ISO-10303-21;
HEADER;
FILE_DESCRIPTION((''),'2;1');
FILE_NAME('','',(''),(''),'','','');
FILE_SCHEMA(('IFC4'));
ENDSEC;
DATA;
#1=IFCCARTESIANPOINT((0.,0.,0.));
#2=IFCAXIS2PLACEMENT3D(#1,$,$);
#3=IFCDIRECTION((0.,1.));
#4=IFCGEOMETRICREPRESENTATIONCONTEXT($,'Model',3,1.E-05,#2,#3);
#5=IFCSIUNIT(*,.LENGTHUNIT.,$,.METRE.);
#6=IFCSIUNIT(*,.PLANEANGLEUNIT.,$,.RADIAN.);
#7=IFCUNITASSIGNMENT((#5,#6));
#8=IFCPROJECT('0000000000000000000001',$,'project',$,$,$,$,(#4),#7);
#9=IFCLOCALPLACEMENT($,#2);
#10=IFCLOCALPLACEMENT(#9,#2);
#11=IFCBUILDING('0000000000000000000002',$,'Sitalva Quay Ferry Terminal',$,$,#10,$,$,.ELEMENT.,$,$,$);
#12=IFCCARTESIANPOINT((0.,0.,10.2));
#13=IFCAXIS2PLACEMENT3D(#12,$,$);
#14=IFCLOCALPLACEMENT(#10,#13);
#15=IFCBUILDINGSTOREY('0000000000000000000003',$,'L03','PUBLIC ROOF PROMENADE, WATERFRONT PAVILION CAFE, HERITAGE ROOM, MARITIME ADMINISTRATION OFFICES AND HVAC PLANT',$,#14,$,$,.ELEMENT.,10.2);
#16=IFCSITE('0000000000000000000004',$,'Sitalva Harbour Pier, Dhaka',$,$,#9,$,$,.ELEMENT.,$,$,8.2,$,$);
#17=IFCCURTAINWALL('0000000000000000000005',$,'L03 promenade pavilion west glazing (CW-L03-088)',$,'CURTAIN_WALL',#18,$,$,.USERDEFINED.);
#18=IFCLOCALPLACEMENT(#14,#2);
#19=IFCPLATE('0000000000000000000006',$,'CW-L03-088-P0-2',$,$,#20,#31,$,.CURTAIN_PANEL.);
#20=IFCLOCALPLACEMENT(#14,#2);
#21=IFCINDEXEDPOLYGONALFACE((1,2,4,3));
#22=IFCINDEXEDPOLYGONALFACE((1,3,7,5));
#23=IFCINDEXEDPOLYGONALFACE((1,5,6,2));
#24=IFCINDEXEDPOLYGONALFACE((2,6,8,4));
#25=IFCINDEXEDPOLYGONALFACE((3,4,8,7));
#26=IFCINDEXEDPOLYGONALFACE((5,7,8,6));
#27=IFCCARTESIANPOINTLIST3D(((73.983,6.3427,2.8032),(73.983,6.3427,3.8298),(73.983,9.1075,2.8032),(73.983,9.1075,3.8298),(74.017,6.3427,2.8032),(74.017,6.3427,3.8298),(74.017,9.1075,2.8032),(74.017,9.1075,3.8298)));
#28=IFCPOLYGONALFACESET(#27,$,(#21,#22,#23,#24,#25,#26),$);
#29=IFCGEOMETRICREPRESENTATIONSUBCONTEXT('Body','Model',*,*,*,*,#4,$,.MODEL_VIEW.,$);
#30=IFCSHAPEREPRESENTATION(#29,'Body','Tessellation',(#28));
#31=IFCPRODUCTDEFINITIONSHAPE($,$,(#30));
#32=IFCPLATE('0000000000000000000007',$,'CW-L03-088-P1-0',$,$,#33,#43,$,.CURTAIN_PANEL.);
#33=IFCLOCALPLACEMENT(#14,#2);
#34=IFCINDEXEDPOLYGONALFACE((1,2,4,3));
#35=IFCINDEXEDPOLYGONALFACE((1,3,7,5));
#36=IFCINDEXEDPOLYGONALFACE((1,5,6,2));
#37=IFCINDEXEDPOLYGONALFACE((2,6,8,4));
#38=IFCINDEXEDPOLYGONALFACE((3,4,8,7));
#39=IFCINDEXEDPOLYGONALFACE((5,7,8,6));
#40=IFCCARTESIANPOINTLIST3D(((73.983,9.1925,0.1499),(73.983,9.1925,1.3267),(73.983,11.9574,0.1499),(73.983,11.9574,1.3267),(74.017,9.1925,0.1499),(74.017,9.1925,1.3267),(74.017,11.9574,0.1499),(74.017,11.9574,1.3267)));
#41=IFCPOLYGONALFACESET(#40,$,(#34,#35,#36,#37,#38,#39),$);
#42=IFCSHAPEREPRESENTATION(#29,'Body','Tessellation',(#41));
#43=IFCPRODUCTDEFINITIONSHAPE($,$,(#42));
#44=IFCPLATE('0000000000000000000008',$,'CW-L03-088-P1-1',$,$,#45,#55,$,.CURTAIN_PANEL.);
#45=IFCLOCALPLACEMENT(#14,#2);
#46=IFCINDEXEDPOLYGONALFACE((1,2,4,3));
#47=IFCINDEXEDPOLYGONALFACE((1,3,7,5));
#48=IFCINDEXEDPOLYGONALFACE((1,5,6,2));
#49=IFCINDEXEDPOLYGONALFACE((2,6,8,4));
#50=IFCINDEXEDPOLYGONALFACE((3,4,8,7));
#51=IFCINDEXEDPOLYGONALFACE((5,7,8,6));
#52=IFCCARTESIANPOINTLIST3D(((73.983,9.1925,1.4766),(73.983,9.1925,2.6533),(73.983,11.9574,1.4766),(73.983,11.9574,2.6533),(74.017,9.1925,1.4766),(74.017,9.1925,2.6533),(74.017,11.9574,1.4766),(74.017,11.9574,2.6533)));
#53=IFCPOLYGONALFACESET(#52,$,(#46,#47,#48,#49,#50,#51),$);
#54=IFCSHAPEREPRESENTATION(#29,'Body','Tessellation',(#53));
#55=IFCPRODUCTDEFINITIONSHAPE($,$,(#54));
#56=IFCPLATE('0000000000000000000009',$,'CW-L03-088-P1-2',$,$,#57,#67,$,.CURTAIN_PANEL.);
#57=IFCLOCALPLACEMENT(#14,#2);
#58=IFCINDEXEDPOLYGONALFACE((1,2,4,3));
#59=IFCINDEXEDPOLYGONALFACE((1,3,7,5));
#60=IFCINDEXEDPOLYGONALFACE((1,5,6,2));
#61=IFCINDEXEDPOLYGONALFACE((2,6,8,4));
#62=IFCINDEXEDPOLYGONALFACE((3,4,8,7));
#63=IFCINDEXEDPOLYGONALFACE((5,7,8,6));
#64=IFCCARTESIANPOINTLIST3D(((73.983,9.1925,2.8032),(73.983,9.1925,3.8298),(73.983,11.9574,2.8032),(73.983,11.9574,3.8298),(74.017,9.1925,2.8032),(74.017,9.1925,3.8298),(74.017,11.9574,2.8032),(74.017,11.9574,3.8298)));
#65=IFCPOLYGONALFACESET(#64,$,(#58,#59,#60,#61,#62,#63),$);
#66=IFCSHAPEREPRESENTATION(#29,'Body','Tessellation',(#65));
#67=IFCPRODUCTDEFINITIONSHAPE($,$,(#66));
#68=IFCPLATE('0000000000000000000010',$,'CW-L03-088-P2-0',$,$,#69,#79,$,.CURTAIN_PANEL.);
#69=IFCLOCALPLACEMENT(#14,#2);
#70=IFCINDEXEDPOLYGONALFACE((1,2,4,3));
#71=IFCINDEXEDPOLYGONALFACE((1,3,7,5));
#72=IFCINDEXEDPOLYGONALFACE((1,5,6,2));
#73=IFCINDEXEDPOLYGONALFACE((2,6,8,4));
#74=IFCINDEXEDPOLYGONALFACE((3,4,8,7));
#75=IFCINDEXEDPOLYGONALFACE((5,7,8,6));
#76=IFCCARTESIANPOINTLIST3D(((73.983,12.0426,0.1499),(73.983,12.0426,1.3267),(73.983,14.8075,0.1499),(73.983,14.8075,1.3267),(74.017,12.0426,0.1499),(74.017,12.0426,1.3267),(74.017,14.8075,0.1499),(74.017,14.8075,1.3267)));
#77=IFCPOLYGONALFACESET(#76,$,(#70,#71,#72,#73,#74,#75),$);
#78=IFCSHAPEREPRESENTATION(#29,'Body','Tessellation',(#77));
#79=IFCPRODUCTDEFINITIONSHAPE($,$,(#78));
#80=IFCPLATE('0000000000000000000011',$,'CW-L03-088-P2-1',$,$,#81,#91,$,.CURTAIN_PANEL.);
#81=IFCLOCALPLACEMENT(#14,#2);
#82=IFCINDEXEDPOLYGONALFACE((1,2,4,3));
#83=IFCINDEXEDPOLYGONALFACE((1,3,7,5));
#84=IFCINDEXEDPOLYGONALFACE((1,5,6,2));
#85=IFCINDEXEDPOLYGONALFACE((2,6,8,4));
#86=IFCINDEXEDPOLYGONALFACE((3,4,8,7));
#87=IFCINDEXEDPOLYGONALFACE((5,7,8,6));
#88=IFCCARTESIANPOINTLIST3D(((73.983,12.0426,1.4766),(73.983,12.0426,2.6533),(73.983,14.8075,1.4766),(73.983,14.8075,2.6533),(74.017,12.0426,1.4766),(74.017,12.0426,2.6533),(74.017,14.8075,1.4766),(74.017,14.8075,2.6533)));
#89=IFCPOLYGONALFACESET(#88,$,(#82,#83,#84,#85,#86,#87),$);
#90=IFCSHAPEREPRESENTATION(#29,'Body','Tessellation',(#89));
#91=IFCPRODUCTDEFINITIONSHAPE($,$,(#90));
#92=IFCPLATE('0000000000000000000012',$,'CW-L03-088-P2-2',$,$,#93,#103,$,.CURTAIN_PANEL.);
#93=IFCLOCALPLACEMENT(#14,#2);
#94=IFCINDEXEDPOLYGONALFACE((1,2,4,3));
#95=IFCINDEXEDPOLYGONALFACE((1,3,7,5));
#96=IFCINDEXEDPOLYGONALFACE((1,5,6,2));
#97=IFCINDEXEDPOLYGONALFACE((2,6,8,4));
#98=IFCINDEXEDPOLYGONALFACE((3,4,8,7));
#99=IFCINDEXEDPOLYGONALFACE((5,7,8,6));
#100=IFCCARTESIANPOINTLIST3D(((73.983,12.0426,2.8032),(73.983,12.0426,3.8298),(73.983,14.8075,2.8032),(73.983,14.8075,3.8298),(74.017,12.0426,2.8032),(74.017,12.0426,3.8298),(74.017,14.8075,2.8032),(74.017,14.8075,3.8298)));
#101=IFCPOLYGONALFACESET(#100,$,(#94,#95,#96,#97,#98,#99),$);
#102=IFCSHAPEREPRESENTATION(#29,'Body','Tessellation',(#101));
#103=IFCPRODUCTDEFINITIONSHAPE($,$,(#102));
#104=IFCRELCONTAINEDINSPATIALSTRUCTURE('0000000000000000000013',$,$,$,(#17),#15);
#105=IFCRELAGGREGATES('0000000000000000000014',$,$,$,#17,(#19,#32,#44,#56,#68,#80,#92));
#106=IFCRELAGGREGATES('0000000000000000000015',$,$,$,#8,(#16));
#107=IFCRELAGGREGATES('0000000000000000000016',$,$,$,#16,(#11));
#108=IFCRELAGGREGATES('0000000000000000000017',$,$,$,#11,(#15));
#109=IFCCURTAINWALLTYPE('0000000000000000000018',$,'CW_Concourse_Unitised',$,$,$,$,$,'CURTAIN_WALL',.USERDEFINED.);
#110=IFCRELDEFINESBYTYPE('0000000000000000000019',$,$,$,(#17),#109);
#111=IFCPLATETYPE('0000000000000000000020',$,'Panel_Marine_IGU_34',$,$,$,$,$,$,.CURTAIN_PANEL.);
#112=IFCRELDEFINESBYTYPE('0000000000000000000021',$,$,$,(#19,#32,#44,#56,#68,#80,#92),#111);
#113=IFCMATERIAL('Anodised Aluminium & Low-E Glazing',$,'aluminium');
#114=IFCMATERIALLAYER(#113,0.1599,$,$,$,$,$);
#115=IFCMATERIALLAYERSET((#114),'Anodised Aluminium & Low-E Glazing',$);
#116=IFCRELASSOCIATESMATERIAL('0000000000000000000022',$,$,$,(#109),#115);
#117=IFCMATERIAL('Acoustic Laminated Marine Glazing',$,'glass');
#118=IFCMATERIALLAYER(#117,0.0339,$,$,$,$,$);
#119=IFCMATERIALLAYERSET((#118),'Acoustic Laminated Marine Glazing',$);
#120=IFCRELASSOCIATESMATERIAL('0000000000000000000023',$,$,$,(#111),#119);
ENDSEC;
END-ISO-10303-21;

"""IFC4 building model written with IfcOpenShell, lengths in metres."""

from ifc_helpers import new_model, si_unit, direction, frame, origin, origin_2d, place, context, subcontext, project, spatial, rectangle, extrude, material, layer, layer_set, type_object, element, aggregate, save


model = new_model("IFC4")

# Units and contexts
model_context = context("Model", 3, precision=1e-05, world=origin(), true_north=direction((0.0, 1.0)))
body_context = subcontext(model_context, "Body", "Model", "MODEL_VIEW")
ifc_project = project(units=[si_unit("LENGTHUNIT", "METRE"), si_unit("PLANEANGLEUNIT", "RADIAN")], contexts=[model_context])

# Site, building, storey
site_placement = place(None, origin())
site = spatial("IfcSite", under=ifc_project, at=site_placement, Name="Sitalva Harbour Pier, Dhaka", CompositionType="ELEMENT", RefElevation=8.2)
building_placement = place(site_placement, origin())
building = spatial("IfcBuilding", under=site, at=building_placement, Name="Sitalva Quay Ferry Terminal", CompositionType="ELEMENT")
storey_placement = place(building_placement, frame((0.0, 0.0, 10.2)))
storey = spatial("IfcBuildingStorey", under=building, at=storey_placement, Name="L03", Description="PUBLIC ROOF PROMENADE, WATERFRONT PAVILION CAFE, HERITAGE ROOM, MARITIME ADMINISTRATION OFFICES AND HVAC PLANT", CompositionType="ELEMENT", Elevation=10.2)

# Curtain wall, plates
ifc_material_1 = material(Name="Anodised Aluminium & Low-E Glazing", Category="aluminium")
ifc_layer_1 = layer(ifc_material_1, 0.1599)
ifc_layer_set_1 = layer_set([ifc_layer_1], Name="Anodised Aluminium & Low-E Glazing")
curtain_wall_type = type_object("IfcCurtainWallType", Name="CW_Concourse_Unitised", ElementType="CURTAIN_WALL", PredefinedType="USERDEFINED", material=ifc_layer_set_1)
curtain_wall_placement = place(storey_placement, origin())
curtain_wall = element("IfcCurtainWall", 1, at=curtain_wall_placement, inside=storey, type_object=curtain_wall_type, Name="L03 promenade pavilion west glazing (CW-L03-088)", ObjectType="CURTAIN_WALL", PredefinedType="USERDEFINED")
ifc_material_2 = material(Name="Acoustic Laminated Marine Glazing", Category="glass")
ifc_layer_2 = layer(ifc_material_2, 0.0339)
ifc_layer_set_2 = layer_set([ifc_layer_2], Name="Acoustic Laminated Marine Glazing")
plate_type = type_object("IfcPlateType", Name="Panel_Marine_IGU_34", PredefinedType="CURTAIN_PANEL", material=ifc_layer_set_2)
plate_1_placement = place(storey_placement, frame((74.0, 7.7251, 2.8032), z_axis=(0.0, 0.0, 1.0), x_axis=(0.0, 1.0, 0.0)))
plate_1 = element("IfcPlate", 2, at=plate_1_placement, type_object=plate_type, Name="CW-L03-088-P0-2", PredefinedType="CURTAIN_PANEL", context=body_context, shape_type="SweptSolid", body=[
    extrude(rectangle(XDim=2.7649, YDim=0.0339, at=origin_2d()), origin(), (0.0, 0.0, 1.0), 1.0266),
])
plate_2_placement = place(storey_placement, frame((74.0, 10.575, 0.1499), z_axis=(0.0, 0.0, 1.0), x_axis=(0.0, 1.0, 0.0)))
plate_2 = element("IfcPlate", 3, at=plate_2_placement, type_object=plate_type, Name="CW-L03-088-P1-0", PredefinedType="CURTAIN_PANEL", context=body_context, shape_type="SweptSolid", body=[
    extrude(rectangle(XDim=2.7649, YDim=0.0339, at=origin_2d()), origin(), (0.0, 0.0, 1.0), 1.1768),
])
plate_3_placement = place(storey_placement, frame((74.0, 10.575, 1.4766), z_axis=(0.0, 0.0, 1.0), x_axis=(0.0, 1.0, 0.0)))
plate_3 = element("IfcPlate", 4, at=plate_3_placement, type_object=plate_type, Name="CW-L03-088-P1-1", PredefinedType="CURTAIN_PANEL", context=body_context, shape_type="SweptSolid", body=[
    extrude(rectangle(XDim=2.7649, YDim=0.0339, at=origin_2d()), origin(), (0.0, 0.0, 1.0), 1.1768),
])
plate_4_placement = place(storey_placement, frame((74.0, 10.575, 2.8032), z_axis=(0.0, 0.0, 1.0), x_axis=(0.0, 1.0, 0.0)))
plate_4 = element("IfcPlate", 5, at=plate_4_placement, type_object=plate_type, Name="CW-L03-088-P1-2", PredefinedType="CURTAIN_PANEL", context=body_context, shape_type="SweptSolid", body=[
    extrude(rectangle(XDim=2.7649, YDim=0.0339, at=origin_2d()), origin(), (0.0, 0.0, 1.0), 1.0266),
])
plate_5_placement = place(storey_placement, frame((74.0, 13.425, 0.1499), z_axis=(0.0, 0.0, 1.0), x_axis=(0.0, 1.0, 0.0)))
plate_5 = element("IfcPlate", 6, at=plate_5_placement, type_object=plate_type, Name="CW-L03-088-P2-0", PredefinedType="CURTAIN_PANEL", context=body_context, shape_type="SweptSolid", body=[
    extrude(rectangle(XDim=2.7649, YDim=0.0339, at=origin_2d()), origin(), (0.0, 0.0, 1.0), 1.1768),
])
plate_6_placement = place(storey_placement, frame((74.0, 13.425, 1.4766), z_axis=(0.0, 0.0, 1.0), x_axis=(0.0, 1.0, 0.0)))
plate_6 = element("IfcPlate", 7, at=plate_6_placement, type_object=plate_type, Name="CW-L03-088-P2-1", PredefinedType="CURTAIN_PANEL", context=body_context, shape_type="SweptSolid", body=[
    extrude(rectangle(XDim=2.7649, YDim=0.0339, at=origin_2d()), origin(), (0.0, 0.0, 1.0), 1.1768),
])
plate_7_placement = place(storey_placement, frame((74.0, 13.425, 2.8032), z_axis=(0.0, 0.0, 1.0), x_axis=(0.0, 1.0, 0.0)))
plate_7 = element("IfcPlate", 8, at=plate_7_placement, type_object=plate_type, Name="CW-L03-088-P2-2", PredefinedType="CURTAIN_PANEL", context=body_context, shape_type="SweptSolid", body=[
    extrude(rectangle(XDim=2.7649, YDim=0.0339, at=origin_2d()), origin(), (0.0, 0.0, 1.0), 1.0266),
])
aggregate(curtain_wall, [plate_1, plate_2, plate_3, plate_4, plate_5, plate_6, plate_7])

save(model, "model.ifc")
